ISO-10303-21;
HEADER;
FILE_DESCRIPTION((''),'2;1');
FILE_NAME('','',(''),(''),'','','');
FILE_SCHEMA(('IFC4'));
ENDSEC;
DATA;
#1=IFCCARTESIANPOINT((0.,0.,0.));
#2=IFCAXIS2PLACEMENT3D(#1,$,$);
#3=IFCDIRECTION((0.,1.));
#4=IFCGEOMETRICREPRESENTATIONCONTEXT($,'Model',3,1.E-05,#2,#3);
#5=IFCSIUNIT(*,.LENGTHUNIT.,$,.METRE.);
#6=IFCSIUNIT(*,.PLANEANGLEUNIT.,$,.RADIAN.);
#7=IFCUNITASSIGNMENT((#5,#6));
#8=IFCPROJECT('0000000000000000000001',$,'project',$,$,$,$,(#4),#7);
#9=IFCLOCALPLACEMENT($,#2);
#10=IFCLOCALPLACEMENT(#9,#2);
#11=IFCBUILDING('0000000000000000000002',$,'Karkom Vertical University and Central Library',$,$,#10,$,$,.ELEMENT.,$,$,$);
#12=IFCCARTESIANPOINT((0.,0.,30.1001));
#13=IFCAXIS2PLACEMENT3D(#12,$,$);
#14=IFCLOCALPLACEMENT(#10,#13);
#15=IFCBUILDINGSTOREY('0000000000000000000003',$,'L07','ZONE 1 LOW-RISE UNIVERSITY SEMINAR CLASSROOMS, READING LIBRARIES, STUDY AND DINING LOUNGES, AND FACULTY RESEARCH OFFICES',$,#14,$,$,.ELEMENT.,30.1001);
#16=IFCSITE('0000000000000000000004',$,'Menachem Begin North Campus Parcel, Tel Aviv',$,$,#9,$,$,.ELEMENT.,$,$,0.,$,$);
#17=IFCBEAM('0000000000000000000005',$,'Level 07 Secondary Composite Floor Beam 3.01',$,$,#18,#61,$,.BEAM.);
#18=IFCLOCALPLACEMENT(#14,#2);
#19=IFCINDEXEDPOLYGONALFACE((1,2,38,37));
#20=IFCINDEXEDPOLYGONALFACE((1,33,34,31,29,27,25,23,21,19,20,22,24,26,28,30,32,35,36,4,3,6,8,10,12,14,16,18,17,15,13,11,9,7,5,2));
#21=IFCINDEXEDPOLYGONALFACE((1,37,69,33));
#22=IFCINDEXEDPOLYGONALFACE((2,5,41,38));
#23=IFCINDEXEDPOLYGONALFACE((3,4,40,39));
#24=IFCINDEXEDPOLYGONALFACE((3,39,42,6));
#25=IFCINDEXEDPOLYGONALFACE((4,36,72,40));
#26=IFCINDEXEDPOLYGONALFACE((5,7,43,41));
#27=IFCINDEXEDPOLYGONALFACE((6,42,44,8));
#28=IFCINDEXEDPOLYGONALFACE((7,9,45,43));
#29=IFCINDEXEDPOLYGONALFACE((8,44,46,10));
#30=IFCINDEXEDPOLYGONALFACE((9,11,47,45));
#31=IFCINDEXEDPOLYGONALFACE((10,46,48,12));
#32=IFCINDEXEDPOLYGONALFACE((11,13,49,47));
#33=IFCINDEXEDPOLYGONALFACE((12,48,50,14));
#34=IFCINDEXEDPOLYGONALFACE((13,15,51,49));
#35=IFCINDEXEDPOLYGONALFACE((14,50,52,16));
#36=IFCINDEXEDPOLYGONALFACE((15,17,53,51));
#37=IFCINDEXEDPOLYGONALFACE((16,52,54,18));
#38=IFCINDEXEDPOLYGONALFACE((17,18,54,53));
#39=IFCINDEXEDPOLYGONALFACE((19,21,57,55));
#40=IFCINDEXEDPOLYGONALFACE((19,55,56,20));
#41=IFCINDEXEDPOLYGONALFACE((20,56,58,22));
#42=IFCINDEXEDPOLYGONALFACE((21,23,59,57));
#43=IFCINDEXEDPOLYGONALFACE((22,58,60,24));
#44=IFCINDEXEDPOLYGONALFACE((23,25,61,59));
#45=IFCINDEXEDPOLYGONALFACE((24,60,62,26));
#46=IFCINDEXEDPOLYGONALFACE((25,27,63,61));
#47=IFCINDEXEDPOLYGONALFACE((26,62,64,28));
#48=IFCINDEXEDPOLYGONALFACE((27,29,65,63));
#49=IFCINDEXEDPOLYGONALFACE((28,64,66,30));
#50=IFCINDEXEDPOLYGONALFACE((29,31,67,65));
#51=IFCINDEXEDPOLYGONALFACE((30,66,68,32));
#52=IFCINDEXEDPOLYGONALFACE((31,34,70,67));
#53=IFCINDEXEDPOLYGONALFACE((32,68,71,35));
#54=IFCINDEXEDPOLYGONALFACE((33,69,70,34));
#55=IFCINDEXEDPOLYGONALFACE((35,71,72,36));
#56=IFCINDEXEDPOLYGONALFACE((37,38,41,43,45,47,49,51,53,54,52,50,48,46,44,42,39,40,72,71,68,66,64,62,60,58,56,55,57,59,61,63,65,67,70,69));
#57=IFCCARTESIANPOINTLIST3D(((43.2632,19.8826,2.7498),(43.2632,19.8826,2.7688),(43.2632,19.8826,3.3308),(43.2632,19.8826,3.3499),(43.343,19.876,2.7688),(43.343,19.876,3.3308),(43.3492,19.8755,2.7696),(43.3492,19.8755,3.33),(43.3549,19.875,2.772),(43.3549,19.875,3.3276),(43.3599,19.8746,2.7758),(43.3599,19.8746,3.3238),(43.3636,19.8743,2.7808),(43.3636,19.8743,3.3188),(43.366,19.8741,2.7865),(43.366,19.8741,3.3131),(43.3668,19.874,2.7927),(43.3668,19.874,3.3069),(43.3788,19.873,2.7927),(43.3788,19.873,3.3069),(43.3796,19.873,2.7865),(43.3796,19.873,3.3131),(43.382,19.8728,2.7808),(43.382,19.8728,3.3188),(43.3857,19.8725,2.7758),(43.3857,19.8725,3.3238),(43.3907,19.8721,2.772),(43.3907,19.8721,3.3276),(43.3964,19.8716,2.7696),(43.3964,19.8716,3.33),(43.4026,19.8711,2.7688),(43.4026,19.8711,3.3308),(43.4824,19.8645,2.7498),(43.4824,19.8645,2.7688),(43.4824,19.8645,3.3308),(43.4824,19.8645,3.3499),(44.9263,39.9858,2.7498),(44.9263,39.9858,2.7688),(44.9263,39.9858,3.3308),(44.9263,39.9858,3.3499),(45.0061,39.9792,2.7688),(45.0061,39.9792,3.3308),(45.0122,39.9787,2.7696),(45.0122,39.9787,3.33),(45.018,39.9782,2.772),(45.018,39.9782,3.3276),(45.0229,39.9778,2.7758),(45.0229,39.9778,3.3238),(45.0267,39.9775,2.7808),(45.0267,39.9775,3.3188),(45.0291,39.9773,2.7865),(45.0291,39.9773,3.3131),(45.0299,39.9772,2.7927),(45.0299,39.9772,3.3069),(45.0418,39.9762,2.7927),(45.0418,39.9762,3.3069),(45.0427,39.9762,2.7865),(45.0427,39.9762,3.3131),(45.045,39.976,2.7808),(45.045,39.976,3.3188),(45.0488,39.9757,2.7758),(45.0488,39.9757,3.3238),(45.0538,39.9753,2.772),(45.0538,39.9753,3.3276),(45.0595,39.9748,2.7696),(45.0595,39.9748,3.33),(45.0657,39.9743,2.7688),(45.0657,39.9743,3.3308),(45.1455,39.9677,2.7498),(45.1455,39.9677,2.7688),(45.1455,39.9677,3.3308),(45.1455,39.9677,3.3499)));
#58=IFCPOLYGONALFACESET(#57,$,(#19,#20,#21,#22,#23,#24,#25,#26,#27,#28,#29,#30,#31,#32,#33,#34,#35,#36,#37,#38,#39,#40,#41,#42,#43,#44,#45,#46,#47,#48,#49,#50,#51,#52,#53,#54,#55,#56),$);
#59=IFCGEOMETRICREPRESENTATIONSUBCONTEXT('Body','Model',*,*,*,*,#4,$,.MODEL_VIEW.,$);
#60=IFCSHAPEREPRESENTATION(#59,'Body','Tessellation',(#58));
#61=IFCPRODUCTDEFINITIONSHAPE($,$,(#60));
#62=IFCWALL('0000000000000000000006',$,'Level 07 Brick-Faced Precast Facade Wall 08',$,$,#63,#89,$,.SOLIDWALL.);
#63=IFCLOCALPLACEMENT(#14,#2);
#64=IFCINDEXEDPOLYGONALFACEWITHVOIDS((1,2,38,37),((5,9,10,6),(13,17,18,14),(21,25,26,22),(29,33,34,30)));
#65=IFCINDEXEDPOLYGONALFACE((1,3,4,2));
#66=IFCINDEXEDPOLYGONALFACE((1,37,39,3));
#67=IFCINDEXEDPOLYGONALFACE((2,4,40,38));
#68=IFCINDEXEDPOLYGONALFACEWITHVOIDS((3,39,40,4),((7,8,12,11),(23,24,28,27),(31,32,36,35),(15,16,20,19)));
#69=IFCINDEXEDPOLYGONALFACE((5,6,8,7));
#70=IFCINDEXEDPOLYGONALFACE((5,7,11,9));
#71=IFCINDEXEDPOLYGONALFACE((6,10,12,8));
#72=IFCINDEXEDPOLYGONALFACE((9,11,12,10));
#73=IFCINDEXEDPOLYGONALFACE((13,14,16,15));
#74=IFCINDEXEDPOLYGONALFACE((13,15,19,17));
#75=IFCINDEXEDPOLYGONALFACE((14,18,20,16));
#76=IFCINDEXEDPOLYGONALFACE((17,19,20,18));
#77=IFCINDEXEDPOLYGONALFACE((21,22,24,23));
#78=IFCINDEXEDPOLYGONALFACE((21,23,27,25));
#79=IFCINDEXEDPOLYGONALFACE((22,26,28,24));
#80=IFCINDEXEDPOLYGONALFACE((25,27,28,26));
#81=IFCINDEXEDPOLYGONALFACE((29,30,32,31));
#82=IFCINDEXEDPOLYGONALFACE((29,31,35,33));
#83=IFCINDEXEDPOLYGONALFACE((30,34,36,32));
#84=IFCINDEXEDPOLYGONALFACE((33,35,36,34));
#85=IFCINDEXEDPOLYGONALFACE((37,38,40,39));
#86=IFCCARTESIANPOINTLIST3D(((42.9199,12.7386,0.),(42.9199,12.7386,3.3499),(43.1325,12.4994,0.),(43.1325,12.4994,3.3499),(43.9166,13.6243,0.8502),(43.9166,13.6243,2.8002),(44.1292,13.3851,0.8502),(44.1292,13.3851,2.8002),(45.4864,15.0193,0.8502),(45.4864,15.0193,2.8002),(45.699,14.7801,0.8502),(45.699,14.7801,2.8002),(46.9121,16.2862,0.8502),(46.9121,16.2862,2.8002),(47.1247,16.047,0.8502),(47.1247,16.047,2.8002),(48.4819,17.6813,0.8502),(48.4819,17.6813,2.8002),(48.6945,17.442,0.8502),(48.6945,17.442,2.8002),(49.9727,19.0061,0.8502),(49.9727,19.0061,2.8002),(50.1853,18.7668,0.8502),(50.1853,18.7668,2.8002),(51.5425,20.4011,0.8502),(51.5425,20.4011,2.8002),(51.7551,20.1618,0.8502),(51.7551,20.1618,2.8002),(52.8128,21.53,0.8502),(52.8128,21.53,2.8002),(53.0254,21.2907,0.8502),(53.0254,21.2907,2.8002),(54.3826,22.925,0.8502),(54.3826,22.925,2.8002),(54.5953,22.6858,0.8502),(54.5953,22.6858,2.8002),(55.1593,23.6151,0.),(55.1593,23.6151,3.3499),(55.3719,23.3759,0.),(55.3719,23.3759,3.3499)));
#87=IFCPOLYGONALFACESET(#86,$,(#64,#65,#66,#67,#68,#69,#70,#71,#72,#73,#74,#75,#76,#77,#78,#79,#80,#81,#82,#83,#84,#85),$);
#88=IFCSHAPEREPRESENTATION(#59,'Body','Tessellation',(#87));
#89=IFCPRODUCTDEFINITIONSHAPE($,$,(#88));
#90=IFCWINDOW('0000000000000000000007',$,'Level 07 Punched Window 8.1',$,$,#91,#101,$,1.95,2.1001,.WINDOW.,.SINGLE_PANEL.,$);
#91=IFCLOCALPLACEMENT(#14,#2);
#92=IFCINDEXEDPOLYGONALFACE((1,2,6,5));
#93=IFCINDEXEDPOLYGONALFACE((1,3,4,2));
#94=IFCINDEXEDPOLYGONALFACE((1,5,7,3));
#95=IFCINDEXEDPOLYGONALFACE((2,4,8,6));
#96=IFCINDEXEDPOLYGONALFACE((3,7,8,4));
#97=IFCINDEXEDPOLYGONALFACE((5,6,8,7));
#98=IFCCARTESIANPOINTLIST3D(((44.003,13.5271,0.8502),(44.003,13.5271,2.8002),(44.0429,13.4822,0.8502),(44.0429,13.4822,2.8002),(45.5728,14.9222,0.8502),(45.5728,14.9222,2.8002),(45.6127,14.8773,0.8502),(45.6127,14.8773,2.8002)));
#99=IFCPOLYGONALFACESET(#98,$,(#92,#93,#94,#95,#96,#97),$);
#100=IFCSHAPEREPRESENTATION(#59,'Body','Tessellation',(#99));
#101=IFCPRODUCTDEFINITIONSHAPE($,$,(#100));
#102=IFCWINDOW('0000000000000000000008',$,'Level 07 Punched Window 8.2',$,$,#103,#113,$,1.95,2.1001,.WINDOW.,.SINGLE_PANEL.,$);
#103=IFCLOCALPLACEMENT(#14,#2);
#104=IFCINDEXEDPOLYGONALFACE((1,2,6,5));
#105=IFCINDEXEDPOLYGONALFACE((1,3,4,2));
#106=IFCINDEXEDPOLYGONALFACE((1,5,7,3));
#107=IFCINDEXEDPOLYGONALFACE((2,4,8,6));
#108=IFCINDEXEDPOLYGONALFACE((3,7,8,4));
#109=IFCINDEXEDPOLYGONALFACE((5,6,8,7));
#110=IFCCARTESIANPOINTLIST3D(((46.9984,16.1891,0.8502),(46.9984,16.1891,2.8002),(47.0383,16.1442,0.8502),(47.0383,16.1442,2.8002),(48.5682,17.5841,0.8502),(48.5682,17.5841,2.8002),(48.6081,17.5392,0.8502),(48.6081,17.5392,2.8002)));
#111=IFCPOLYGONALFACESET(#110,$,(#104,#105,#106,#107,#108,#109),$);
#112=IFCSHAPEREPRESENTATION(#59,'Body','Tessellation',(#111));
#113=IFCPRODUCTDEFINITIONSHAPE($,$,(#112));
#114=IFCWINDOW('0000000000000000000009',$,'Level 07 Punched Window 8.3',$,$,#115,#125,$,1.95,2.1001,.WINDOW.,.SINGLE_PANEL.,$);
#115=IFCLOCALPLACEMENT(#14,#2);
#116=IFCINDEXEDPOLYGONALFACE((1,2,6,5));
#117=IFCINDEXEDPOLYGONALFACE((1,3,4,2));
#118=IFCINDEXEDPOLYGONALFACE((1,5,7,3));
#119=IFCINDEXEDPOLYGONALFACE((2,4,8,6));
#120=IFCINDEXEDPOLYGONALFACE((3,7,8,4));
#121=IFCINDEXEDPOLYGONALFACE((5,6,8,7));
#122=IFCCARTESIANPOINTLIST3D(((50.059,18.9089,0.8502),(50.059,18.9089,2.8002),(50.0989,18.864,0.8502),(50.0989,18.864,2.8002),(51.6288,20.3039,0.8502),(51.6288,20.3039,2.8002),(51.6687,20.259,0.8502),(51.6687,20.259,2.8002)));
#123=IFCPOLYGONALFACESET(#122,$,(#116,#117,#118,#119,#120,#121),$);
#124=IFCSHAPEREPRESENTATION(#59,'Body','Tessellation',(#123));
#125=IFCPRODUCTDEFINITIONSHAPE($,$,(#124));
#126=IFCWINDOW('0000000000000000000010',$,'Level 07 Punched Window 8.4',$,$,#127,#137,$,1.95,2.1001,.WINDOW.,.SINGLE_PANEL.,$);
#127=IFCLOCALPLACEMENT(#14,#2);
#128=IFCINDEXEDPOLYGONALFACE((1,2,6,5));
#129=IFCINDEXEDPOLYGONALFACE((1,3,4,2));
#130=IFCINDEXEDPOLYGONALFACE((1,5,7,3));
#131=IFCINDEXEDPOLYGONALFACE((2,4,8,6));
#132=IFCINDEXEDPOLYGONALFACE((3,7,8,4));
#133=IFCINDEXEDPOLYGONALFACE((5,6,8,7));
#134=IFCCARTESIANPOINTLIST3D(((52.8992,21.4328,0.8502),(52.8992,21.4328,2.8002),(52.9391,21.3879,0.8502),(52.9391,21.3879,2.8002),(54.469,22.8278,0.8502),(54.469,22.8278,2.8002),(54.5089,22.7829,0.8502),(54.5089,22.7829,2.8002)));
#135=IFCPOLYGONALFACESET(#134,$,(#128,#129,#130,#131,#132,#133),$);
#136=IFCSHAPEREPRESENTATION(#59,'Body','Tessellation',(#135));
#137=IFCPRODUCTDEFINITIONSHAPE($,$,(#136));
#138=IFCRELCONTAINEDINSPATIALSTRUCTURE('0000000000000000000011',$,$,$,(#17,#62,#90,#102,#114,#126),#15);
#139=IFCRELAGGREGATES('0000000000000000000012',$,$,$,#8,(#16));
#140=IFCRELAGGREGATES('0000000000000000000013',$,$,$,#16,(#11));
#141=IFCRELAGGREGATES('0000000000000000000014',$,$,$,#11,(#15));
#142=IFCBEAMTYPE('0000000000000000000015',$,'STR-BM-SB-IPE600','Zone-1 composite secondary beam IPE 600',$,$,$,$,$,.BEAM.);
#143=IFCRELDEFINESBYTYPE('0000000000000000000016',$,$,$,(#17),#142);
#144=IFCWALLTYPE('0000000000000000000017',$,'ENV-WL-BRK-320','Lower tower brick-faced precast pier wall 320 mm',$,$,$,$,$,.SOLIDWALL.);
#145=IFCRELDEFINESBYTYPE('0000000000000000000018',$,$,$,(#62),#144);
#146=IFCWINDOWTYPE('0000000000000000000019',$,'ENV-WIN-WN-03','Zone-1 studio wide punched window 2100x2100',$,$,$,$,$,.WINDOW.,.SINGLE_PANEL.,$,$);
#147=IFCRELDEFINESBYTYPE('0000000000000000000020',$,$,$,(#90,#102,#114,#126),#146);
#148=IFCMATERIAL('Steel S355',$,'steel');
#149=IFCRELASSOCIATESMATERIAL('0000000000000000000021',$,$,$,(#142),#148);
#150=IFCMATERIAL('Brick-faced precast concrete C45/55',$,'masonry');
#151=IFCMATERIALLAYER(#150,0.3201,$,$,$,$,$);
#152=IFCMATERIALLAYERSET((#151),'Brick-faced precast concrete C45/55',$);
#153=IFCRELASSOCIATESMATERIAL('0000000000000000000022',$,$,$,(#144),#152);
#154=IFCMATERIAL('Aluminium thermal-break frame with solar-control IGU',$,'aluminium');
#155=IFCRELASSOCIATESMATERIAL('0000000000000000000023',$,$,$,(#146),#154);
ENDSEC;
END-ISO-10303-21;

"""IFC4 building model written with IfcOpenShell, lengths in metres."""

from ifc_helpers import new_model, si_unit, direction, frame, frame_2d, origin, origin_with_axes, origin_2d, place, context, subcontext, project, spatial, rectangle, i_section, extrude, source, transform, mapped, material, layer, layer_set, material_profile, profile_set, type_object, element, fill, save


model = new_model("IFC4")

# Units and contexts
model_context = context("Model", 3, precision=1e-05, world=origin(), true_north=direction((0.0, 1.0)))
body_context = subcontext(model_context, "Body", "Model", "MODEL_VIEW")
ifc_project = project(units=[si_unit("LENGTHUNIT", "METRE"), si_unit("PLANEANGLEUNIT", "RADIAN")], contexts=[model_context])

# Site, building, storey
site_placement = place(None, origin())
site = spatial("IfcSite", under=ifc_project, at=site_placement, Name="Menachem Begin North Campus Parcel, Tel Aviv", CompositionType="ELEMENT", RefElevation=0.0)
building_placement = place(site_placement, origin())
building = spatial("IfcBuilding", under=site, at=building_placement, Name="Karkom Vertical University and Central Library", CompositionType="ELEMENT")
storey_placement = place(building_placement, frame((0.0, 0.0, 30.1001)))
storey = spatial("IfcBuildingStorey", under=building, at=storey_placement, Name="L07", Description="ZONE 1 LOW-RISE UNIVERSITY SEMINAR CLASSROOMS, READING LIBRARIES, STUDY AND DINING LOUNGES, AND FACULTY RESEARCH OFFICES", CompositionType="ELEMENT", Elevation=30.1001)

# Beam
ifc_material_1 = material(Name="Steel S355", Category="steel")
ifc_material_profile_1 = material_profile(ifc_material_1, i_section(OverallWidth=0.22, OverallDepth=0.6001, WebThickness=0.012, FlangeThickness=0.019, FilletRadius=0.0239, at=origin_2d()), Name="IPE 600")
ifc_profile_set_1 = profile_set([ifc_material_profile_1], Name="Steel S355")
beam_type_1 = type_object("IfcBeamType", Name="STR-BM-SB-IPE600", Description="Zone-1 composite secondary beam IPE 600", PredefinedType="BEAM", material=ifc_profile_set_1)
shared_shape_1 = source(origin_with_axes(), body_context, "Body", "SweptSolid", [
    extrude(i_section(OverallWidth=0.22, OverallDepth=0.6001, WebThickness=0.012, FlangeThickness=0.019, FilletRadius=0.0239, at=origin_2d()), origin(), (0.0, 0.0, 1.0), 20.1719),
])
beam_1_placement = place(storey_placement, frame((43.3728, 19.8735, 3.0498), z_axis=(0.082445, 0.996596, 0.0), x_axis=(-0.996596, 0.082445, 0.0)))
element("IfcBeam", 1, at=beam_1_placement, inside=storey, type_object=beam_type_1, Name="Level 07 Secondary Composite Floor Beam 3.01", PredefinedType="BEAM", context=body_context, shape_type="MappedRepresentation", body=[
    mapped(shared_shape_1, transform((0.0, 0.0, 0.0), scale=1.0)),
])

# Wall, openings, windows
ifc_material_2 = material(Name="Brick-faced precast concrete C45/55", Category="masonry")
ifc_layer_1 = layer(ifc_material_2, 0.3201)
ifc_layer_set_1 = layer_set([ifc_layer_1], Name="Brick-faced precast concrete C45/55")
wall_type_1 = type_object("IfcWallType", Name="ENV-WL-BRK-320", Description="Lower tower brick-faced precast pier wall 320 mm", PredefinedType="SOLIDWALL", material=ifc_layer_set_1)
wall_1_placement = place(storey_placement, frame((43.0261, 12.6189, 0.0), z_axis=(0.0, 0.0, 1.0), x_axis=(0.747497, 0.664266, 0.0)))
wall_1 = element("IfcWall", 2, at=wall_1_placement, inside=storey, type_object=wall_type_1, Name="Level 07 Brick-Faced Precast Facade Wall 08", PredefinedType="SOLIDWALL", context=body_context, shape_type="SweptSolid", body=[
    extrude(rectangle(XDim=16.3738, YDim=0.3201, at=frame_2d((8.187, 0.0))), origin(), (0.0, 0.0, 1.0), 3.3499),
])
opening_1_placement = place(wall_1_placement, frame((1.3335, 0.0, 0.8501)))
opening_1 = element("IfcOpeningElement", 3, at=opening_1_placement, cuts=wall_1, PredefinedType="OPENING", context=body_context, shape_type="SweptSolid", body=[
    extrude(rectangle(XDim=2.1001, YDim=1.95, at=frame_2d((1.05, 0.9751))), frame((0.0, 0.1699, 0.0), z_axis=(0.0, -1.0, 0.0), x_axis=(1.0, 0.0, 0.0)), (0.0, 0.0, 1.0), 0.3401),
])
opening_2_placement = place(wall_1_placement, frame((5.3408, 0.0, 0.8501)))
opening_2 = element("IfcOpeningElement", 4, at=opening_2_placement, cuts=wall_1, PredefinedType="OPENING", context=body_context, shape_type="SweptSolid", body=[
    extrude(rectangle(XDim=2.1001, YDim=1.95, at=frame_2d((1.05, 0.9751))), frame((0.0, 0.1699, 0.0), z_axis=(0.0, -1.0, 0.0), x_axis=(1.0, 0.0, 0.0)), (0.0, 0.0, 1.0), 0.3401),
])
opening_3_placement = place(wall_1_placement, frame((9.4353, 0.0, 0.8501)))
opening_3 = element("IfcOpeningElement", 5, at=opening_3_placement, cuts=wall_1, PredefinedType="OPENING", context=body_context, shape_type="SweptSolid", body=[
    extrude(rectangle(XDim=2.1001, YDim=1.95, at=frame_2d((1.05, 0.9751))), frame((0.0, 0.1699, 0.0), z_axis=(0.0, -1.0, 0.0), x_axis=(1.0, 0.0, 0.0)), (0.0, 0.0, 1.0), 0.3401),
])
opening_4_placement = place(wall_1_placement, frame((13.2349, 0.0, 0.8501)))
opening_4 = element("IfcOpeningElement", 6, at=opening_4_placement, cuts=wall_1, PredefinedType="OPENING", context=body_context, shape_type="SweptSolid", body=[
    extrude(rectangle(XDim=2.1001, YDim=1.95, at=frame_2d((1.05, 0.9751))), frame((0.0, 0.1699, 0.0), z_axis=(0.0, -1.0, 0.0), x_axis=(1.0, 0.0, 0.0)), (0.0, 0.0, 1.0), 0.3401),
])
ifc_material_3 = material(Name="Aluminium thermal-break frame with solar-control IGU", Category="aluminium")
window_type = type_object("IfcWindowType", Name="ENV-WIN-WN-03", Description="Zone-1 studio wide punched window 2100x2100", PartitioningType="SINGLE_PANEL", PredefinedType="WINDOW", material=ifc_material_3)
shared_shape_2 = source(origin_with_axes(), body_context, "Body", "SweptSolid", [
    extrude(rectangle(XDim=2.1001, YDim=1.95, at=frame_2d((1.05, 0.9751))), frame((0.0, 0.03, 0.0), z_axis=(0.0, -1.0, 0.0), x_axis=(1.0, 0.0, 0.0)), (0.0, 0.0, 1.0), 0.0601),
])
window_1_placement = place(opening_1_placement, origin())
window_1 = element("IfcWindow", 7, at=window_1_placement, inside=storey, type_object=window_type, Name="Level 07 Punched Window 8.1", OverallHeight=1.95, OverallWidth=2.1001, PartitioningType="SINGLE_PANEL", PredefinedType="WINDOW", context=body_context, shape_type="MappedRepresentation", body=[
    mapped(shared_shape_2, transform((0.0, 0.0, 0.0), scale=1.0)),
])
fill(opening_1, window_1)
window_2_placement = place(opening_2_placement, origin())
window_2 = element("IfcWindow", 8, at=window_2_placement, inside=storey, type_object=window_type, Name="Level 07 Punched Window 8.2", OverallHeight=1.95, OverallWidth=2.1001, PartitioningType="SINGLE_PANEL", PredefinedType="WINDOW", context=body_context, shape_type="MappedRepresentation", body=[
    mapped(shared_shape_2, transform((0.0, 0.0, 0.0), scale=1.0)),
])
fill(opening_2, window_2)
window_3_placement = place(opening_3_placement, origin())
window_3 = element("IfcWindow", 9, at=window_3_placement, inside=storey, type_object=window_type, Name="Level 07 Punched Window 8.3", OverallHeight=1.95, OverallWidth=2.1001, PartitioningType="SINGLE_PANEL", PredefinedType="WINDOW", context=body_context, shape_type="MappedRepresentation", body=[
    mapped(shared_shape_2, transform((0.0, 0.0, 0.0), scale=1.0)),
])
fill(opening_3, window_3)
window_4_placement = place(opening_4_placement, origin())
window_4 = element("IfcWindow", 10, at=window_4_placement, inside=storey, type_object=window_type, Name="Level 07 Punched Window 8.4", OverallHeight=1.95, OverallWidth=2.1001, PartitioningType="SINGLE_PANEL", PredefinedType="WINDOW", context=body_context, shape_type="MappedRepresentation", body=[
    mapped(shared_shape_2, transform((0.0, 0.0, 0.0), scale=1.0)),
])
fill(opening_4, window_4)

save(model, "model.ifc")
